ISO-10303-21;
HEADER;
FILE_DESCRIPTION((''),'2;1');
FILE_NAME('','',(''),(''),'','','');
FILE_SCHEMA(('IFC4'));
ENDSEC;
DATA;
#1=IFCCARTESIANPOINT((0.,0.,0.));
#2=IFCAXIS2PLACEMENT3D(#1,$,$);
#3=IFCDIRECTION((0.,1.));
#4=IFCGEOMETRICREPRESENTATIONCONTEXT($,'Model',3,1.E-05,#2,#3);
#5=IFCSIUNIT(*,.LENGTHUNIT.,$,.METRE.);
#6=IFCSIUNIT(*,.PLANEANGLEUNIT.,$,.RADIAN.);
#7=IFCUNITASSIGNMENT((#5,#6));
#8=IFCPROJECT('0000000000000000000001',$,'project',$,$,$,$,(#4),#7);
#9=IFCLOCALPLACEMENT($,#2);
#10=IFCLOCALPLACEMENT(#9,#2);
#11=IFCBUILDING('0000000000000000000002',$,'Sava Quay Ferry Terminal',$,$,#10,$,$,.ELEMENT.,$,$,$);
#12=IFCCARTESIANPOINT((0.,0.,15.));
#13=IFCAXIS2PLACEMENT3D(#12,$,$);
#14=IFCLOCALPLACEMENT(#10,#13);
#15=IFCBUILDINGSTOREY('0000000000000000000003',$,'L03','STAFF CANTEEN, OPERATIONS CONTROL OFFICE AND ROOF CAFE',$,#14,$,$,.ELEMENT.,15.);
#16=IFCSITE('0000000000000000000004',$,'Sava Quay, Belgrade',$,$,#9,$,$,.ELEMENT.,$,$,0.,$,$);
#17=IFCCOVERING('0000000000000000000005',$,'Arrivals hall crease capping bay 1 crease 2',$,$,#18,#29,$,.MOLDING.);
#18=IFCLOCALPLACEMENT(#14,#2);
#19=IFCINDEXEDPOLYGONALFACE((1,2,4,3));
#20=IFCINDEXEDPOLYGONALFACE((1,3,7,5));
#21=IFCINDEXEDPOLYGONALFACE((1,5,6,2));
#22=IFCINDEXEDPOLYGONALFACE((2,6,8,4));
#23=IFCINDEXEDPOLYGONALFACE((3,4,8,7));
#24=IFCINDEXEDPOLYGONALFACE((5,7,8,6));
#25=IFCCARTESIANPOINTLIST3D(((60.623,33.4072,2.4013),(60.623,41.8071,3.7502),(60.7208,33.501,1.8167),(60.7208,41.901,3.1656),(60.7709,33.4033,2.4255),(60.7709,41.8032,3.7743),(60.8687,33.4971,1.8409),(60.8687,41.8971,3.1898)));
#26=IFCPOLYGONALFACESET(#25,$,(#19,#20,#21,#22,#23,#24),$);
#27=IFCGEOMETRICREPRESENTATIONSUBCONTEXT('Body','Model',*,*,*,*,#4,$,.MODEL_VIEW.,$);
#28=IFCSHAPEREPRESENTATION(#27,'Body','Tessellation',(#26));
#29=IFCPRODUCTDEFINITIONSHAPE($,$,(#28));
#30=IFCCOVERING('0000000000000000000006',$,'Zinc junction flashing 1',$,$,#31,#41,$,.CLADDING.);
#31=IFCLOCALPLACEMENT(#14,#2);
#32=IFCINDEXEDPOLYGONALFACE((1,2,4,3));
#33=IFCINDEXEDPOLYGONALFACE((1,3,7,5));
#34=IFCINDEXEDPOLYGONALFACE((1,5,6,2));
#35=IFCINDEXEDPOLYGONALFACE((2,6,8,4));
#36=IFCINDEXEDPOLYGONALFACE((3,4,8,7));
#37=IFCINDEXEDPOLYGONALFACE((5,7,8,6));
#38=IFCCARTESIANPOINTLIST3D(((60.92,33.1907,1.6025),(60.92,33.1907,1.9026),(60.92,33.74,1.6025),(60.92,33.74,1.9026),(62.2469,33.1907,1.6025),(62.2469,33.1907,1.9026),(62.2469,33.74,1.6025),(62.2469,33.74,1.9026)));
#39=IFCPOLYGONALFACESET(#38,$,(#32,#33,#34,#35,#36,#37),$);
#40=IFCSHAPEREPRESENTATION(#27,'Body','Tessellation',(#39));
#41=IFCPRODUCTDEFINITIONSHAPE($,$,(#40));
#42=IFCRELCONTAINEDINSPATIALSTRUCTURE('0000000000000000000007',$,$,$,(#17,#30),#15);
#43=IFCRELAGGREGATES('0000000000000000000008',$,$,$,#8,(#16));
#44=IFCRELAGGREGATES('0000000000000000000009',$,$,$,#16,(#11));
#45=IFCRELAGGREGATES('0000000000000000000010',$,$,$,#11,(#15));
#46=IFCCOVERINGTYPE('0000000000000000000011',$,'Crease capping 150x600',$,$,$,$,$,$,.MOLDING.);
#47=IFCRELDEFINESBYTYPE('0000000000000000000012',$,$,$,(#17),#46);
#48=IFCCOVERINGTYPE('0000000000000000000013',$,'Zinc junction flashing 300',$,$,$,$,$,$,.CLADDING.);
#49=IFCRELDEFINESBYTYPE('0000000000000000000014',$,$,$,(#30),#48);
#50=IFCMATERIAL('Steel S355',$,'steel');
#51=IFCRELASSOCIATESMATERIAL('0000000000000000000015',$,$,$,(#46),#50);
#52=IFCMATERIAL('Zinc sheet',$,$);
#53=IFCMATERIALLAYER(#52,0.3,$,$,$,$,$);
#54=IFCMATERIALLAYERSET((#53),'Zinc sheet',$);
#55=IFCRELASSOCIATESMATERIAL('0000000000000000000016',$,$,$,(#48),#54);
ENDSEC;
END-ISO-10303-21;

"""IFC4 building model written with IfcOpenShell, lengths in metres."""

from ifc_helpers import new_model, si_unit, direction, frame, origin, origin_2d, place, context, subcontext, project, spatial, rectangle, extrude, material, layer, layer_set, material_profile, profile_set, type_object, element, save


model = new_model("IFC4")

# Units and contexts
model_context = context("Model", 3, precision=1e-05, world=origin(), true_north=direction((0.0, 1.0)))
body_context = subcontext(model_context, "Body", "Model", "MODEL_VIEW")
ifc_project = project(units=[si_unit("LENGTHUNIT", "METRE"), si_unit("PLANEANGLEUNIT", "RADIAN")], contexts=[model_context])

# Site, building, storey
site_placement = place(None, origin())
site = spatial("IfcSite", under=ifc_project, at=site_placement, Name="Sava Quay, Belgrade", CompositionType="ELEMENT", RefElevation=0.0)
building_placement = place(site_placement, origin())
building = spatial("IfcBuilding", under=site, at=building_placement, Name="Sava Quay Ferry Terminal", CompositionType="ELEMENT")
storey_placement = place(building_placement, frame((0.0, 0.0, 15.0)))
storey = spatial("IfcBuildingStorey", under=building, at=storey_placement, Name="L03", Description="STAFF CANTEEN, OPERATIONS CONTROL OFFICE AND ROOF CAFE", CompositionType="ELEMENT", Elevation=15.0)

# Coverings
ifc_material_1 = material(Name="Steel S355", Category="steel")
ifc_material_profile_1 = material_profile(ifc_material_1, rectangle(XDim=0.1499, YDim=0.6001, at=origin_2d()), Name="Cap 150 x 600")
ifc_profile_set_1 = profile_set([ifc_material_profile_1], Name="Steel S355")
covering_type_1 = type_object("IfcCoveringType", Name="Crease capping 150x600", PredefinedType="MOLDING", material=ifc_profile_set_1)
covering_1_placement = place(storey_placement, frame((60.7458, 33.4521, 2.1211), z_axis=(0.0, 0.987351, 0.158551), x_axis=(-0.986606, 0.025864, -0.161061)))
element("IfcCovering", 1, at=covering_1_placement, inside=storey, type_object=covering_type_1, Name="Arrivals hall crease capping bay 1 crease 2", PredefinedType="MOLDING", context=body_context, shape_type="SweptSolid", body=[
    extrude(rectangle(XDim=0.1499, YDim=0.6001, at=origin_2d()), origin(), (0.0, 0.0, 1.0), 8.5076),
])
ifc_material_2 = material(Name="Zinc sheet")
ifc_layer_1 = layer(ifc_material_2, 0.3)
ifc_layer_set_1 = layer_set([ifc_layer_1], Name="Zinc sheet")
covering_type_2 = type_object("IfcCoveringType", Name="Zinc junction flashing 300", PredefinedType="CLADDING", material=ifc_layer_set_1)
covering_2_placement = place(storey_placement, frame((61.5835, 33.4653, 1.6025), z_axis=(0.0, 0.0, 1.0), x_axis=(1.0, 0.0, 0.0)))
element("IfcCovering", 2, at=covering_2_placement, inside=storey, type_object=covering_type_2, Name="Zinc junction flashing 1", PredefinedType="CLADDING", context=body_context, shape_type="SweptSolid", body=[
    extrude(rectangle(XDim=1.3269, YDim=0.5493, at=origin_2d()), origin(), (0.0, 0.0, 1.0), 0.3),
])

save(model, "model.ifc")
